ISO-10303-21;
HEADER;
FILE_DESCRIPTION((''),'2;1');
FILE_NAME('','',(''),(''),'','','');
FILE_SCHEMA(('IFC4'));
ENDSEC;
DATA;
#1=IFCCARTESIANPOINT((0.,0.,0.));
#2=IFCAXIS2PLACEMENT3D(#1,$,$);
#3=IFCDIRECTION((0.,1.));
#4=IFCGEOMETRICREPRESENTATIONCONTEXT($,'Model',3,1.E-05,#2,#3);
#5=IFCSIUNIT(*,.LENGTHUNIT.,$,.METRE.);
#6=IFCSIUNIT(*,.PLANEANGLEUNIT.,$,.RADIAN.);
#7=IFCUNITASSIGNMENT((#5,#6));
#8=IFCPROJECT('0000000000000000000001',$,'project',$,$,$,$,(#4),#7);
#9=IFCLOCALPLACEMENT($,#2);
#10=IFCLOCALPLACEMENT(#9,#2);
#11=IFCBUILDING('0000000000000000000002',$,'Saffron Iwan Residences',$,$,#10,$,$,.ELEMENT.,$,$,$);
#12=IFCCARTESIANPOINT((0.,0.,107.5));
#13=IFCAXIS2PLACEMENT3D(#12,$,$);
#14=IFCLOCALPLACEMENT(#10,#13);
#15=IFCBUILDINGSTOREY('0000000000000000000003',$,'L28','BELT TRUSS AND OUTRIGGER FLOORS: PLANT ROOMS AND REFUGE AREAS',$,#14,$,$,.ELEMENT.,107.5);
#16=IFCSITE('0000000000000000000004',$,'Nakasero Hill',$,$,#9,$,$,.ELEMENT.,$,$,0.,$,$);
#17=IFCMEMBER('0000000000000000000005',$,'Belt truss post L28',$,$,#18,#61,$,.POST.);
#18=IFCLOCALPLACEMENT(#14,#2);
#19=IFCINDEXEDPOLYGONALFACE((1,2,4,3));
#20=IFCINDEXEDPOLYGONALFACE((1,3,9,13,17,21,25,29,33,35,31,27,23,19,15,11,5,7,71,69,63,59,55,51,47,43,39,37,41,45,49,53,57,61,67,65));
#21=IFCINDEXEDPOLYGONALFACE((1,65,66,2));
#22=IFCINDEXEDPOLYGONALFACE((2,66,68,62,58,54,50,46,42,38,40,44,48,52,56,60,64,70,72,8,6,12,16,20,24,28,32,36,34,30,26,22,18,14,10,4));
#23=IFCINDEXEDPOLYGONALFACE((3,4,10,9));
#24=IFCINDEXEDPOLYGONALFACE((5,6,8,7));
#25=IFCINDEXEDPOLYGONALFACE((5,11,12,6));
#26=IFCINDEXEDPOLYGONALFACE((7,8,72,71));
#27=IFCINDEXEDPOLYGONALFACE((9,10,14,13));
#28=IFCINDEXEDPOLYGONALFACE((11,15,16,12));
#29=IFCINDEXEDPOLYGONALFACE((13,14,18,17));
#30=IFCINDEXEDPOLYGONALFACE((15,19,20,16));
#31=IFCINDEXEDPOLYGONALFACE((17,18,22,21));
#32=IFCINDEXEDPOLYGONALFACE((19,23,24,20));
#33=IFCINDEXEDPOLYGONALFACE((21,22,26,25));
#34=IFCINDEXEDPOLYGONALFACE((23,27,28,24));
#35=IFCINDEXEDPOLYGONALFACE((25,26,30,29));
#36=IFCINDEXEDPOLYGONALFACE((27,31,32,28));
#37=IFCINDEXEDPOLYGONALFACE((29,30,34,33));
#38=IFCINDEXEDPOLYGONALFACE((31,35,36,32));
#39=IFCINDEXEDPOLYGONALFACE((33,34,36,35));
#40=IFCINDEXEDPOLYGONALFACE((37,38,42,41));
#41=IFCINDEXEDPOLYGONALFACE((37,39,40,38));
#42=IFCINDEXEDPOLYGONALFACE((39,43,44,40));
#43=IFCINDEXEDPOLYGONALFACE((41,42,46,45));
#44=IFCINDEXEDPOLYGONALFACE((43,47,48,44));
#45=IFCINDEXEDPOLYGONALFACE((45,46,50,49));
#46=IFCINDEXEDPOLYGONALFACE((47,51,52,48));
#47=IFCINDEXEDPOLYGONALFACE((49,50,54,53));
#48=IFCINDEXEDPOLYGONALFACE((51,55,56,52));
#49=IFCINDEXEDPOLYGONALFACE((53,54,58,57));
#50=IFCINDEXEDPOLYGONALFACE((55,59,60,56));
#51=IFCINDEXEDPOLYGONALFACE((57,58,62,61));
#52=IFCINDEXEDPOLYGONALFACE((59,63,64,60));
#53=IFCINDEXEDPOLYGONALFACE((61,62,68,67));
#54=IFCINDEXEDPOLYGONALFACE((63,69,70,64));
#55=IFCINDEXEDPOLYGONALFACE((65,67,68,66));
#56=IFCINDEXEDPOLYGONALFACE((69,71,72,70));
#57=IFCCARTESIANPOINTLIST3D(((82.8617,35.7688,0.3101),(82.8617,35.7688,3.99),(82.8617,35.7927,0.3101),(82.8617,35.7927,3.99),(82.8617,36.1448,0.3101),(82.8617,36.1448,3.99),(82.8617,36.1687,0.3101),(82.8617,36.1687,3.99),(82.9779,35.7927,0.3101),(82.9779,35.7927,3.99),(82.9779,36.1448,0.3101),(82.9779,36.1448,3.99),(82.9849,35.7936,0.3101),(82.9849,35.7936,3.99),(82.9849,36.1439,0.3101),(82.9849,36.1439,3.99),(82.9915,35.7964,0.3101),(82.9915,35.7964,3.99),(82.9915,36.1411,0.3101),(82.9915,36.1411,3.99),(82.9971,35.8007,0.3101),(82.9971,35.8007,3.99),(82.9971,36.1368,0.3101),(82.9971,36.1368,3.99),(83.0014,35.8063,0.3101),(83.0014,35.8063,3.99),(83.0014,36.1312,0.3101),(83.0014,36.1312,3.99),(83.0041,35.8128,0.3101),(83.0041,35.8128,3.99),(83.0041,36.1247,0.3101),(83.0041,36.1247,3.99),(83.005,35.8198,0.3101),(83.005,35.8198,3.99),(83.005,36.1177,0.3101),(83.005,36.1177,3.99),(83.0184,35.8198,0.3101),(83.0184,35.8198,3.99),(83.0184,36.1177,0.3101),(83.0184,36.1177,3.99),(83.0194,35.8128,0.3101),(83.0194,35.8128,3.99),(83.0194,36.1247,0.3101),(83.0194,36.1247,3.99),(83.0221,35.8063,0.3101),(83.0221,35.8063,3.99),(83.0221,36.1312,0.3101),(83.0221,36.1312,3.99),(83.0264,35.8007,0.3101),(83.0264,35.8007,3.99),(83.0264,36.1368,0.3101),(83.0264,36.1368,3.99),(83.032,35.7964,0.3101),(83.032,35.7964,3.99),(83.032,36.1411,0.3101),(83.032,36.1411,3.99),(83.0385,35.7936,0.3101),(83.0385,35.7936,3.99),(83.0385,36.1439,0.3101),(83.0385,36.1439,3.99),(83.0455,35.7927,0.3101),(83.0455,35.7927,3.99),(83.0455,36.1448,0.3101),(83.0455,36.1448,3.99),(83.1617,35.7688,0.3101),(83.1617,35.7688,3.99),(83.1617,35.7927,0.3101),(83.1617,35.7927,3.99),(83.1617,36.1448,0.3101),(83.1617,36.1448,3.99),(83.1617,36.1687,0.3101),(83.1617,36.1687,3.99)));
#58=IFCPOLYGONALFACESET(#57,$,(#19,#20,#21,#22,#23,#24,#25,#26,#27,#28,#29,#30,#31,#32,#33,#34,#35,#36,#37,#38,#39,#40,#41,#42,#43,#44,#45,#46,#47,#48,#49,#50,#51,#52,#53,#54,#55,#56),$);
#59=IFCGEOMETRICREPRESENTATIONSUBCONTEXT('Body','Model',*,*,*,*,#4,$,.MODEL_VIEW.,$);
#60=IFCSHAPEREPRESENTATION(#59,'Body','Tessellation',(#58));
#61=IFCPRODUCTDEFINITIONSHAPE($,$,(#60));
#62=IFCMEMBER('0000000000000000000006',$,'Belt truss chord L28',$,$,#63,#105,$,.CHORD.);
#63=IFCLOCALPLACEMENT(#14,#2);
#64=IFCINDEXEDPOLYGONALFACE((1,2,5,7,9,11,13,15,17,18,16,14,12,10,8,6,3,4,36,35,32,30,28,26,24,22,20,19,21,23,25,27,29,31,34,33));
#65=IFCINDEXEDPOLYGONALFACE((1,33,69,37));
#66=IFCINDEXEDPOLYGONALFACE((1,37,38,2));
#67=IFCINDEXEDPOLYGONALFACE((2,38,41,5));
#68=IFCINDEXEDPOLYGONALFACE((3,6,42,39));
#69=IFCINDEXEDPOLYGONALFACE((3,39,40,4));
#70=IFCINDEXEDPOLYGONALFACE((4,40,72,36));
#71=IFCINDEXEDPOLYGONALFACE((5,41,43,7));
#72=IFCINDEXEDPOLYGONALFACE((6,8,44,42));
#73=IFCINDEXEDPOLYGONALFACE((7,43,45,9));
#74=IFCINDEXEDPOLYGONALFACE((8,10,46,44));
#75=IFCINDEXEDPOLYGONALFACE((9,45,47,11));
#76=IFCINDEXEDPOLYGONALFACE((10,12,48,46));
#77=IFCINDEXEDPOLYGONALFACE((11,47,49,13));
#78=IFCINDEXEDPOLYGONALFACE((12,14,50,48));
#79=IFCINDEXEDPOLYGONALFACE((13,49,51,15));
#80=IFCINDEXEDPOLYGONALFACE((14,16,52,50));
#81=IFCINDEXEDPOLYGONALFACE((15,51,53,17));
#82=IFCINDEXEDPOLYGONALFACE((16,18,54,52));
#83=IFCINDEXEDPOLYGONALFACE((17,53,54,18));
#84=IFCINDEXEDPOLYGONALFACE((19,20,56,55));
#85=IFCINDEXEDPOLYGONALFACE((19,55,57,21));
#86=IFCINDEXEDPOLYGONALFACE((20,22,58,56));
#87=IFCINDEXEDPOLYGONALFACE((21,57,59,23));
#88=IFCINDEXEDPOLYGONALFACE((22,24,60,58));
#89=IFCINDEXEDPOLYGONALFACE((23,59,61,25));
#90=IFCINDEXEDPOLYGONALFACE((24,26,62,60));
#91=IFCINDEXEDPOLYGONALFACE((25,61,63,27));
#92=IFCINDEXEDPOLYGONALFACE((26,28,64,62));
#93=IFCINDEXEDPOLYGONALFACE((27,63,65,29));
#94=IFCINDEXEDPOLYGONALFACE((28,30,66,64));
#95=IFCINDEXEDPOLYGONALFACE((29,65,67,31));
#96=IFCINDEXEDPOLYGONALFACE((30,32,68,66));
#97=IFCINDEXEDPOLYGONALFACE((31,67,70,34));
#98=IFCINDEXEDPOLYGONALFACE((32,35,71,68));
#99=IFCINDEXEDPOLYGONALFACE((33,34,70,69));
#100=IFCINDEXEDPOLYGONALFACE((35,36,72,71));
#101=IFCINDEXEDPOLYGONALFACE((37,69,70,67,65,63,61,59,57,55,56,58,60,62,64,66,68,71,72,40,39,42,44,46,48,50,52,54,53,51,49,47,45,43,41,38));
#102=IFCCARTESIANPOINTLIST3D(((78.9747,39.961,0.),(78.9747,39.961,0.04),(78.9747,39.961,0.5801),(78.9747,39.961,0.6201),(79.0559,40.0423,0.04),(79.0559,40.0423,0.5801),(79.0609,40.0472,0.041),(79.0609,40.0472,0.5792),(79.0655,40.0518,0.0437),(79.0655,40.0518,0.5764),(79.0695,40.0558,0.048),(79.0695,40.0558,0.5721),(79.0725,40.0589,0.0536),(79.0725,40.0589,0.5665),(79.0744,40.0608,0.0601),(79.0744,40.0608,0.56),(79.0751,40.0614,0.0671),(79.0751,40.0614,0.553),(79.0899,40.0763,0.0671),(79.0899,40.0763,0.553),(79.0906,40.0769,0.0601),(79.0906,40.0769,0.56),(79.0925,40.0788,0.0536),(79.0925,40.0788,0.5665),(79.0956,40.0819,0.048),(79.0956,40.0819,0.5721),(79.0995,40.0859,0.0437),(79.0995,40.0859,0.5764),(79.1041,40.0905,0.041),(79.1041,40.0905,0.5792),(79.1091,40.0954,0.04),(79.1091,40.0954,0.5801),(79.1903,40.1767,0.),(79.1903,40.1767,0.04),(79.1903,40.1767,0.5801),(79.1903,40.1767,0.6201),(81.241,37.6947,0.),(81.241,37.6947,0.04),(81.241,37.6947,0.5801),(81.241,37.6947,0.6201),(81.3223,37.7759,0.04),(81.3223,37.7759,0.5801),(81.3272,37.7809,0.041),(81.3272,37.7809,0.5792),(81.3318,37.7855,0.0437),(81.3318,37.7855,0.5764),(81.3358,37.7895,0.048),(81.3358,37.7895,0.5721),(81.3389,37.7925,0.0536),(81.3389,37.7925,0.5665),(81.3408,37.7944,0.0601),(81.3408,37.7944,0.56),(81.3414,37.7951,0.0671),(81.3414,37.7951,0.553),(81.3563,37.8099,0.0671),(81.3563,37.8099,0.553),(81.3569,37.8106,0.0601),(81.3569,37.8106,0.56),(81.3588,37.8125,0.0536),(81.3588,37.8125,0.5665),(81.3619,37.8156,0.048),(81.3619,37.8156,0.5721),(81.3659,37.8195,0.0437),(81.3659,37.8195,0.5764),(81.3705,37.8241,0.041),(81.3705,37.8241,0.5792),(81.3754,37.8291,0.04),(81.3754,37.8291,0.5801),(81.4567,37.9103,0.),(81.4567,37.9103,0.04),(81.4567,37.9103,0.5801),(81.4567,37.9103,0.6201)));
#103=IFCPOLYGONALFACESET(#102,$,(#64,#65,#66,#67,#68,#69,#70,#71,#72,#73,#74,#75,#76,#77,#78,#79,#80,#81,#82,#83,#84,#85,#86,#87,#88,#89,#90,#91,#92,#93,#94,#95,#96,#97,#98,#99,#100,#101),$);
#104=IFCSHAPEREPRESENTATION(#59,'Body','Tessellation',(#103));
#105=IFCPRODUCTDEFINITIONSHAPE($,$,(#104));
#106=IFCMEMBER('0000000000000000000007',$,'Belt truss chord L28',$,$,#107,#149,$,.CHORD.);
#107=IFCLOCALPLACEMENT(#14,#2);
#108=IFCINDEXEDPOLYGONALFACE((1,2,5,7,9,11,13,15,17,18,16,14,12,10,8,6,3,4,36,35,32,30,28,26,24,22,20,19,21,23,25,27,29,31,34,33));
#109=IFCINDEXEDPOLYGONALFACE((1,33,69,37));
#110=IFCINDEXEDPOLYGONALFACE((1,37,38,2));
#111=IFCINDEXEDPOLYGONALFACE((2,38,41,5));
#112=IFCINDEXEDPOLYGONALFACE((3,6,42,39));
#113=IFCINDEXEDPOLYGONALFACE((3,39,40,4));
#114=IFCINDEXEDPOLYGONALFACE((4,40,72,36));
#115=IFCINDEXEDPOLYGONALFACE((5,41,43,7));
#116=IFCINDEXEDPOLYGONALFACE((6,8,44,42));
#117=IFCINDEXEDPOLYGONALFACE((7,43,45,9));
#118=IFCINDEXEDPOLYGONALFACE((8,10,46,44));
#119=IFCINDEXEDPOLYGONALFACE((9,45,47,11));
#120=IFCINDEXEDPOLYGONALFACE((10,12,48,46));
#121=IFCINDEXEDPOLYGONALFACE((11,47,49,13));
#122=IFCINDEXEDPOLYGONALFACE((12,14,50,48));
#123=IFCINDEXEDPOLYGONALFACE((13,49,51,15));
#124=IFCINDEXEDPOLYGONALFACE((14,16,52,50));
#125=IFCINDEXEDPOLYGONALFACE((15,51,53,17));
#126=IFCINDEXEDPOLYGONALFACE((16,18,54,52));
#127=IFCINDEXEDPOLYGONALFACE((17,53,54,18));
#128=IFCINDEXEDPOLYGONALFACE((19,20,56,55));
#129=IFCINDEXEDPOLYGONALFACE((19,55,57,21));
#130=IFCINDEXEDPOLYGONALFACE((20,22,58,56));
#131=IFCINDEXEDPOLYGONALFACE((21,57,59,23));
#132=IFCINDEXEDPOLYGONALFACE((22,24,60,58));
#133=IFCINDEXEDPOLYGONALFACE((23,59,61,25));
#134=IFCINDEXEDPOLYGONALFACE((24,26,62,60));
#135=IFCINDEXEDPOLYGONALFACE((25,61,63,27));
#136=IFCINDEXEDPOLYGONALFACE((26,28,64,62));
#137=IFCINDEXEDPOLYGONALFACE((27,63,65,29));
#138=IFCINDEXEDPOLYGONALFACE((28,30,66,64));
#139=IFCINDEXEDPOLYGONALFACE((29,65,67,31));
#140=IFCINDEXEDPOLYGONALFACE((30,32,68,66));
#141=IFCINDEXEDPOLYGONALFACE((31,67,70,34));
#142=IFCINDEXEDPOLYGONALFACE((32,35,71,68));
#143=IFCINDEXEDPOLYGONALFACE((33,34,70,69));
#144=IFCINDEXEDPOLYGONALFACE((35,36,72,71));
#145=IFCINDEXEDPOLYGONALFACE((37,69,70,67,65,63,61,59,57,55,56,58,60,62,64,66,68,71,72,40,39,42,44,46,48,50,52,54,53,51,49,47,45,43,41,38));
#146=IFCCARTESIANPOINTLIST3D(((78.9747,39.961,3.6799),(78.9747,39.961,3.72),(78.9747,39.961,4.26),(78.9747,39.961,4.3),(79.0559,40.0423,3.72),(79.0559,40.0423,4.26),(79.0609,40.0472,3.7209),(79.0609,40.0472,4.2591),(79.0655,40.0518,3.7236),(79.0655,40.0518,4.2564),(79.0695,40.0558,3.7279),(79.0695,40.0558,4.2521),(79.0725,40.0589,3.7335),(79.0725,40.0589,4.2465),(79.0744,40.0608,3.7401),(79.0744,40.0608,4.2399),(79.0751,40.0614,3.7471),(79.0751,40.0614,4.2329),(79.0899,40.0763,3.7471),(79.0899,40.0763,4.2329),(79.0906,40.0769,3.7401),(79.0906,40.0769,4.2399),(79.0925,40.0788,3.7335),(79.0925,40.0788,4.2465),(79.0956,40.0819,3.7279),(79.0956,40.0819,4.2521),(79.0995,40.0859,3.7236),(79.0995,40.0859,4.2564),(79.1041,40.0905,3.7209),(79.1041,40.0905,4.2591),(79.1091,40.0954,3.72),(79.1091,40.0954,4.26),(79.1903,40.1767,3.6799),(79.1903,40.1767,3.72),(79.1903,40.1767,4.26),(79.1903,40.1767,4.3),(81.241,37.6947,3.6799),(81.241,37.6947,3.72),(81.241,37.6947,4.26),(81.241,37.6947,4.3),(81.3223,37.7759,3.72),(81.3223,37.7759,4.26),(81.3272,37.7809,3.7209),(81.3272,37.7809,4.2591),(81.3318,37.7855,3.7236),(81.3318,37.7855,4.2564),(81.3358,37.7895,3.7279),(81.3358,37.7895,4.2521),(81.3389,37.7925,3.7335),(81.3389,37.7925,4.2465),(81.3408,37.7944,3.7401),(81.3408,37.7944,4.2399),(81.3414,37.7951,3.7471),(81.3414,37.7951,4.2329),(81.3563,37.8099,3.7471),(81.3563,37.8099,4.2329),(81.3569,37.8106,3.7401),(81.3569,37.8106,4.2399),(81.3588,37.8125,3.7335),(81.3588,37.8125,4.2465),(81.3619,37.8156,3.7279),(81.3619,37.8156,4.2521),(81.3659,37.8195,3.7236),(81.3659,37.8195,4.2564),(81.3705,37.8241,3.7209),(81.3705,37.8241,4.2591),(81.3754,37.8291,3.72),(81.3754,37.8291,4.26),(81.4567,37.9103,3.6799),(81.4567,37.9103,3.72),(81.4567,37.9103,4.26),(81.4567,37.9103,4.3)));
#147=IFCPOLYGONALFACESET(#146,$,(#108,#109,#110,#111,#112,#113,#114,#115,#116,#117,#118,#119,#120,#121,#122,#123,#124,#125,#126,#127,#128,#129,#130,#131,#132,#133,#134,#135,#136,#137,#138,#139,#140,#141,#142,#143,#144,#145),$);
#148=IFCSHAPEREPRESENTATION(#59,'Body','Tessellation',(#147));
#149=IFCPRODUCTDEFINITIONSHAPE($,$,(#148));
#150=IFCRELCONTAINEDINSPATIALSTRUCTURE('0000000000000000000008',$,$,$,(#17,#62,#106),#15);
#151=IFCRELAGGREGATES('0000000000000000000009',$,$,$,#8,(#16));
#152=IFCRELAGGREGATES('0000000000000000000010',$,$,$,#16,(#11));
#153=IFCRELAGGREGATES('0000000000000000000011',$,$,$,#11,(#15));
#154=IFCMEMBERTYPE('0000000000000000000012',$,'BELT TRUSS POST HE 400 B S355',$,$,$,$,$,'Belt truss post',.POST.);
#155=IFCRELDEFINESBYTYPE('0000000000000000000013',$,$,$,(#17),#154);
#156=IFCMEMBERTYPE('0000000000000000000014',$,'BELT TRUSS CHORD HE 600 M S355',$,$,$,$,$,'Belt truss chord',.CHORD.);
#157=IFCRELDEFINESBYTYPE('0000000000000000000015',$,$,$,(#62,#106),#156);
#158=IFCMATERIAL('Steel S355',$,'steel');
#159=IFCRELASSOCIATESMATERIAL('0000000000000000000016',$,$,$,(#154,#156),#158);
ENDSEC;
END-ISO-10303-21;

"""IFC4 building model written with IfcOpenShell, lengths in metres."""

from ifc_helpers import new_model, si_unit, direction, frame, origin, origin_2d, place, context, subcontext, project, spatial, i_section, extrude, source, transform, mapped, material, material_profile, profile_set, type_object, element, save


model = new_model("IFC4")

# Units and contexts
model_context = context("Model", 3, precision=1e-05, world=origin(), true_north=direction((0.0, 1.0)))
body_context = subcontext(model_context, "Body", "Model", "MODEL_VIEW")
ifc_project = project(units=[si_unit("LENGTHUNIT", "METRE"), si_unit("PLANEANGLEUNIT", "RADIAN")], contexts=[model_context])

# Site, building, storey
site_placement = place(None, origin())
site = spatial("IfcSite", under=ifc_project, at=site_placement, Name="Nakasero Hill", CompositionType="ELEMENT", RefElevation=0.0)
building_placement = place(site_placement, origin())
building = spatial("IfcBuilding", under=site, at=building_placement, Name="Saffron Iwan Residences", CompositionType="ELEMENT")
storey_placement = place(building_placement, frame((0.0, 0.0, 107.5)))
storey = spatial("IfcBuildingStorey", under=building, at=storey_placement, Name="L28", Description="BELT TRUSS AND OUTRIGGER FLOORS: PLANT ROOMS AND REFUGE AREAS", CompositionType="ELEMENT", Elevation=107.5)

# Members
ifc_material_1 = material(Name="Steel S355", Category="steel")
ifc_material_profile_1 = material_profile(ifc_material_1, i_section(OverallWidth=0.3, OverallDepth=0.3999, WebThickness=0.0134, FlangeThickness=0.0239, FilletRadius=0.0271, at=origin_2d()), Name="HE 400 B")
ifc_profile_set_1 = profile_set([ifc_material_profile_1], Name="Steel S355")
member_type_1 = type_object("IfcMemberType", Name="BELT TRUSS POST HE 400 B S355", ElementType="Belt truss post", PredefinedType="POST", material=ifc_profile_set_1)
shared_shape_1 = source(origin(), body_context, "Body", "SweptSolid", [
    extrude(i_section(OverallWidth=0.3, OverallDepth=0.3999, WebThickness=0.0134, FlangeThickness=0.0239, FilletRadius=0.0271, at=origin_2d()), origin(), (0.0, 0.0, 1.0), 3.6799),
])
for number, where, z_axis, x_axis, name in (
    (1, (83.0117, 35.9688, 0.3101), (0.0, 0.0, 1.0), (1.0, 0.0, 0.0), "Belt truss post L28"),
):
    element("IfcMember", number, at=place(storey_placement, frame(where, z_axis=z_axis, x_axis=x_axis)), inside=storey, type_object=member_type_1, Name=name, PredefinedType="POST", context=body_context, shape_type="MappedRepresentation", body=[
        mapped(shared_shape_1, transform((0.0, 0.0, 0.0))),
    ])
ifc_material_profile_2 = material_profile(ifc_material_1, i_section(OverallWidth=0.3049, OverallDepth=0.6201, WebThickness=0.021, FlangeThickness=0.04, FilletRadius=0.0271, at=origin_2d()), Name="HE 600 M")
ifc_profile_set_2 = profile_set([ifc_material_profile_2], Name="Steel S355")
member_type_2 = type_object("IfcMemberType", Name="BELT TRUSS CHORD HE 600 M S355", ElementType="Belt truss chord", PredefinedType="CHORD", material=ifc_profile_set_2)
shared_shape_2 = source(origin(), body_context, "Body", "SweptSolid", [
    extrude(i_section(OverallWidth=0.3049, OverallDepth=0.6201, WebThickness=0.021, FlangeThickness=0.04, FilletRadius=0.0271, at=origin_2d()), origin(), (0.0, 0.0, 1.0), 3.2051),
])
for number, where, z_axis, x_axis, name in (
    (2, (79.0825, 40.0688, 0.3101), (0.707107, -0.707107, 0.0), (0.707107, 0.707107, 0.0), "Belt truss chord L28"),
    (3, (79.0825, 40.0688, 3.99), (0.707107, -0.707107, 0.0), (0.707107, 0.707107, 0.0), "Belt truss chord L28"),
):
    element("IfcMember", number, at=place(storey_placement, frame(where, z_axis=z_axis, x_axis=x_axis)), inside=storey, type_object=member_type_2, Name=name, PredefinedType="CHORD", context=body_context, shape_type="MappedRepresentation", body=[
        mapped(shared_shape_2, transform((0.0, 0.0, 0.0))),
    ])

save(model, "model.ifc")
